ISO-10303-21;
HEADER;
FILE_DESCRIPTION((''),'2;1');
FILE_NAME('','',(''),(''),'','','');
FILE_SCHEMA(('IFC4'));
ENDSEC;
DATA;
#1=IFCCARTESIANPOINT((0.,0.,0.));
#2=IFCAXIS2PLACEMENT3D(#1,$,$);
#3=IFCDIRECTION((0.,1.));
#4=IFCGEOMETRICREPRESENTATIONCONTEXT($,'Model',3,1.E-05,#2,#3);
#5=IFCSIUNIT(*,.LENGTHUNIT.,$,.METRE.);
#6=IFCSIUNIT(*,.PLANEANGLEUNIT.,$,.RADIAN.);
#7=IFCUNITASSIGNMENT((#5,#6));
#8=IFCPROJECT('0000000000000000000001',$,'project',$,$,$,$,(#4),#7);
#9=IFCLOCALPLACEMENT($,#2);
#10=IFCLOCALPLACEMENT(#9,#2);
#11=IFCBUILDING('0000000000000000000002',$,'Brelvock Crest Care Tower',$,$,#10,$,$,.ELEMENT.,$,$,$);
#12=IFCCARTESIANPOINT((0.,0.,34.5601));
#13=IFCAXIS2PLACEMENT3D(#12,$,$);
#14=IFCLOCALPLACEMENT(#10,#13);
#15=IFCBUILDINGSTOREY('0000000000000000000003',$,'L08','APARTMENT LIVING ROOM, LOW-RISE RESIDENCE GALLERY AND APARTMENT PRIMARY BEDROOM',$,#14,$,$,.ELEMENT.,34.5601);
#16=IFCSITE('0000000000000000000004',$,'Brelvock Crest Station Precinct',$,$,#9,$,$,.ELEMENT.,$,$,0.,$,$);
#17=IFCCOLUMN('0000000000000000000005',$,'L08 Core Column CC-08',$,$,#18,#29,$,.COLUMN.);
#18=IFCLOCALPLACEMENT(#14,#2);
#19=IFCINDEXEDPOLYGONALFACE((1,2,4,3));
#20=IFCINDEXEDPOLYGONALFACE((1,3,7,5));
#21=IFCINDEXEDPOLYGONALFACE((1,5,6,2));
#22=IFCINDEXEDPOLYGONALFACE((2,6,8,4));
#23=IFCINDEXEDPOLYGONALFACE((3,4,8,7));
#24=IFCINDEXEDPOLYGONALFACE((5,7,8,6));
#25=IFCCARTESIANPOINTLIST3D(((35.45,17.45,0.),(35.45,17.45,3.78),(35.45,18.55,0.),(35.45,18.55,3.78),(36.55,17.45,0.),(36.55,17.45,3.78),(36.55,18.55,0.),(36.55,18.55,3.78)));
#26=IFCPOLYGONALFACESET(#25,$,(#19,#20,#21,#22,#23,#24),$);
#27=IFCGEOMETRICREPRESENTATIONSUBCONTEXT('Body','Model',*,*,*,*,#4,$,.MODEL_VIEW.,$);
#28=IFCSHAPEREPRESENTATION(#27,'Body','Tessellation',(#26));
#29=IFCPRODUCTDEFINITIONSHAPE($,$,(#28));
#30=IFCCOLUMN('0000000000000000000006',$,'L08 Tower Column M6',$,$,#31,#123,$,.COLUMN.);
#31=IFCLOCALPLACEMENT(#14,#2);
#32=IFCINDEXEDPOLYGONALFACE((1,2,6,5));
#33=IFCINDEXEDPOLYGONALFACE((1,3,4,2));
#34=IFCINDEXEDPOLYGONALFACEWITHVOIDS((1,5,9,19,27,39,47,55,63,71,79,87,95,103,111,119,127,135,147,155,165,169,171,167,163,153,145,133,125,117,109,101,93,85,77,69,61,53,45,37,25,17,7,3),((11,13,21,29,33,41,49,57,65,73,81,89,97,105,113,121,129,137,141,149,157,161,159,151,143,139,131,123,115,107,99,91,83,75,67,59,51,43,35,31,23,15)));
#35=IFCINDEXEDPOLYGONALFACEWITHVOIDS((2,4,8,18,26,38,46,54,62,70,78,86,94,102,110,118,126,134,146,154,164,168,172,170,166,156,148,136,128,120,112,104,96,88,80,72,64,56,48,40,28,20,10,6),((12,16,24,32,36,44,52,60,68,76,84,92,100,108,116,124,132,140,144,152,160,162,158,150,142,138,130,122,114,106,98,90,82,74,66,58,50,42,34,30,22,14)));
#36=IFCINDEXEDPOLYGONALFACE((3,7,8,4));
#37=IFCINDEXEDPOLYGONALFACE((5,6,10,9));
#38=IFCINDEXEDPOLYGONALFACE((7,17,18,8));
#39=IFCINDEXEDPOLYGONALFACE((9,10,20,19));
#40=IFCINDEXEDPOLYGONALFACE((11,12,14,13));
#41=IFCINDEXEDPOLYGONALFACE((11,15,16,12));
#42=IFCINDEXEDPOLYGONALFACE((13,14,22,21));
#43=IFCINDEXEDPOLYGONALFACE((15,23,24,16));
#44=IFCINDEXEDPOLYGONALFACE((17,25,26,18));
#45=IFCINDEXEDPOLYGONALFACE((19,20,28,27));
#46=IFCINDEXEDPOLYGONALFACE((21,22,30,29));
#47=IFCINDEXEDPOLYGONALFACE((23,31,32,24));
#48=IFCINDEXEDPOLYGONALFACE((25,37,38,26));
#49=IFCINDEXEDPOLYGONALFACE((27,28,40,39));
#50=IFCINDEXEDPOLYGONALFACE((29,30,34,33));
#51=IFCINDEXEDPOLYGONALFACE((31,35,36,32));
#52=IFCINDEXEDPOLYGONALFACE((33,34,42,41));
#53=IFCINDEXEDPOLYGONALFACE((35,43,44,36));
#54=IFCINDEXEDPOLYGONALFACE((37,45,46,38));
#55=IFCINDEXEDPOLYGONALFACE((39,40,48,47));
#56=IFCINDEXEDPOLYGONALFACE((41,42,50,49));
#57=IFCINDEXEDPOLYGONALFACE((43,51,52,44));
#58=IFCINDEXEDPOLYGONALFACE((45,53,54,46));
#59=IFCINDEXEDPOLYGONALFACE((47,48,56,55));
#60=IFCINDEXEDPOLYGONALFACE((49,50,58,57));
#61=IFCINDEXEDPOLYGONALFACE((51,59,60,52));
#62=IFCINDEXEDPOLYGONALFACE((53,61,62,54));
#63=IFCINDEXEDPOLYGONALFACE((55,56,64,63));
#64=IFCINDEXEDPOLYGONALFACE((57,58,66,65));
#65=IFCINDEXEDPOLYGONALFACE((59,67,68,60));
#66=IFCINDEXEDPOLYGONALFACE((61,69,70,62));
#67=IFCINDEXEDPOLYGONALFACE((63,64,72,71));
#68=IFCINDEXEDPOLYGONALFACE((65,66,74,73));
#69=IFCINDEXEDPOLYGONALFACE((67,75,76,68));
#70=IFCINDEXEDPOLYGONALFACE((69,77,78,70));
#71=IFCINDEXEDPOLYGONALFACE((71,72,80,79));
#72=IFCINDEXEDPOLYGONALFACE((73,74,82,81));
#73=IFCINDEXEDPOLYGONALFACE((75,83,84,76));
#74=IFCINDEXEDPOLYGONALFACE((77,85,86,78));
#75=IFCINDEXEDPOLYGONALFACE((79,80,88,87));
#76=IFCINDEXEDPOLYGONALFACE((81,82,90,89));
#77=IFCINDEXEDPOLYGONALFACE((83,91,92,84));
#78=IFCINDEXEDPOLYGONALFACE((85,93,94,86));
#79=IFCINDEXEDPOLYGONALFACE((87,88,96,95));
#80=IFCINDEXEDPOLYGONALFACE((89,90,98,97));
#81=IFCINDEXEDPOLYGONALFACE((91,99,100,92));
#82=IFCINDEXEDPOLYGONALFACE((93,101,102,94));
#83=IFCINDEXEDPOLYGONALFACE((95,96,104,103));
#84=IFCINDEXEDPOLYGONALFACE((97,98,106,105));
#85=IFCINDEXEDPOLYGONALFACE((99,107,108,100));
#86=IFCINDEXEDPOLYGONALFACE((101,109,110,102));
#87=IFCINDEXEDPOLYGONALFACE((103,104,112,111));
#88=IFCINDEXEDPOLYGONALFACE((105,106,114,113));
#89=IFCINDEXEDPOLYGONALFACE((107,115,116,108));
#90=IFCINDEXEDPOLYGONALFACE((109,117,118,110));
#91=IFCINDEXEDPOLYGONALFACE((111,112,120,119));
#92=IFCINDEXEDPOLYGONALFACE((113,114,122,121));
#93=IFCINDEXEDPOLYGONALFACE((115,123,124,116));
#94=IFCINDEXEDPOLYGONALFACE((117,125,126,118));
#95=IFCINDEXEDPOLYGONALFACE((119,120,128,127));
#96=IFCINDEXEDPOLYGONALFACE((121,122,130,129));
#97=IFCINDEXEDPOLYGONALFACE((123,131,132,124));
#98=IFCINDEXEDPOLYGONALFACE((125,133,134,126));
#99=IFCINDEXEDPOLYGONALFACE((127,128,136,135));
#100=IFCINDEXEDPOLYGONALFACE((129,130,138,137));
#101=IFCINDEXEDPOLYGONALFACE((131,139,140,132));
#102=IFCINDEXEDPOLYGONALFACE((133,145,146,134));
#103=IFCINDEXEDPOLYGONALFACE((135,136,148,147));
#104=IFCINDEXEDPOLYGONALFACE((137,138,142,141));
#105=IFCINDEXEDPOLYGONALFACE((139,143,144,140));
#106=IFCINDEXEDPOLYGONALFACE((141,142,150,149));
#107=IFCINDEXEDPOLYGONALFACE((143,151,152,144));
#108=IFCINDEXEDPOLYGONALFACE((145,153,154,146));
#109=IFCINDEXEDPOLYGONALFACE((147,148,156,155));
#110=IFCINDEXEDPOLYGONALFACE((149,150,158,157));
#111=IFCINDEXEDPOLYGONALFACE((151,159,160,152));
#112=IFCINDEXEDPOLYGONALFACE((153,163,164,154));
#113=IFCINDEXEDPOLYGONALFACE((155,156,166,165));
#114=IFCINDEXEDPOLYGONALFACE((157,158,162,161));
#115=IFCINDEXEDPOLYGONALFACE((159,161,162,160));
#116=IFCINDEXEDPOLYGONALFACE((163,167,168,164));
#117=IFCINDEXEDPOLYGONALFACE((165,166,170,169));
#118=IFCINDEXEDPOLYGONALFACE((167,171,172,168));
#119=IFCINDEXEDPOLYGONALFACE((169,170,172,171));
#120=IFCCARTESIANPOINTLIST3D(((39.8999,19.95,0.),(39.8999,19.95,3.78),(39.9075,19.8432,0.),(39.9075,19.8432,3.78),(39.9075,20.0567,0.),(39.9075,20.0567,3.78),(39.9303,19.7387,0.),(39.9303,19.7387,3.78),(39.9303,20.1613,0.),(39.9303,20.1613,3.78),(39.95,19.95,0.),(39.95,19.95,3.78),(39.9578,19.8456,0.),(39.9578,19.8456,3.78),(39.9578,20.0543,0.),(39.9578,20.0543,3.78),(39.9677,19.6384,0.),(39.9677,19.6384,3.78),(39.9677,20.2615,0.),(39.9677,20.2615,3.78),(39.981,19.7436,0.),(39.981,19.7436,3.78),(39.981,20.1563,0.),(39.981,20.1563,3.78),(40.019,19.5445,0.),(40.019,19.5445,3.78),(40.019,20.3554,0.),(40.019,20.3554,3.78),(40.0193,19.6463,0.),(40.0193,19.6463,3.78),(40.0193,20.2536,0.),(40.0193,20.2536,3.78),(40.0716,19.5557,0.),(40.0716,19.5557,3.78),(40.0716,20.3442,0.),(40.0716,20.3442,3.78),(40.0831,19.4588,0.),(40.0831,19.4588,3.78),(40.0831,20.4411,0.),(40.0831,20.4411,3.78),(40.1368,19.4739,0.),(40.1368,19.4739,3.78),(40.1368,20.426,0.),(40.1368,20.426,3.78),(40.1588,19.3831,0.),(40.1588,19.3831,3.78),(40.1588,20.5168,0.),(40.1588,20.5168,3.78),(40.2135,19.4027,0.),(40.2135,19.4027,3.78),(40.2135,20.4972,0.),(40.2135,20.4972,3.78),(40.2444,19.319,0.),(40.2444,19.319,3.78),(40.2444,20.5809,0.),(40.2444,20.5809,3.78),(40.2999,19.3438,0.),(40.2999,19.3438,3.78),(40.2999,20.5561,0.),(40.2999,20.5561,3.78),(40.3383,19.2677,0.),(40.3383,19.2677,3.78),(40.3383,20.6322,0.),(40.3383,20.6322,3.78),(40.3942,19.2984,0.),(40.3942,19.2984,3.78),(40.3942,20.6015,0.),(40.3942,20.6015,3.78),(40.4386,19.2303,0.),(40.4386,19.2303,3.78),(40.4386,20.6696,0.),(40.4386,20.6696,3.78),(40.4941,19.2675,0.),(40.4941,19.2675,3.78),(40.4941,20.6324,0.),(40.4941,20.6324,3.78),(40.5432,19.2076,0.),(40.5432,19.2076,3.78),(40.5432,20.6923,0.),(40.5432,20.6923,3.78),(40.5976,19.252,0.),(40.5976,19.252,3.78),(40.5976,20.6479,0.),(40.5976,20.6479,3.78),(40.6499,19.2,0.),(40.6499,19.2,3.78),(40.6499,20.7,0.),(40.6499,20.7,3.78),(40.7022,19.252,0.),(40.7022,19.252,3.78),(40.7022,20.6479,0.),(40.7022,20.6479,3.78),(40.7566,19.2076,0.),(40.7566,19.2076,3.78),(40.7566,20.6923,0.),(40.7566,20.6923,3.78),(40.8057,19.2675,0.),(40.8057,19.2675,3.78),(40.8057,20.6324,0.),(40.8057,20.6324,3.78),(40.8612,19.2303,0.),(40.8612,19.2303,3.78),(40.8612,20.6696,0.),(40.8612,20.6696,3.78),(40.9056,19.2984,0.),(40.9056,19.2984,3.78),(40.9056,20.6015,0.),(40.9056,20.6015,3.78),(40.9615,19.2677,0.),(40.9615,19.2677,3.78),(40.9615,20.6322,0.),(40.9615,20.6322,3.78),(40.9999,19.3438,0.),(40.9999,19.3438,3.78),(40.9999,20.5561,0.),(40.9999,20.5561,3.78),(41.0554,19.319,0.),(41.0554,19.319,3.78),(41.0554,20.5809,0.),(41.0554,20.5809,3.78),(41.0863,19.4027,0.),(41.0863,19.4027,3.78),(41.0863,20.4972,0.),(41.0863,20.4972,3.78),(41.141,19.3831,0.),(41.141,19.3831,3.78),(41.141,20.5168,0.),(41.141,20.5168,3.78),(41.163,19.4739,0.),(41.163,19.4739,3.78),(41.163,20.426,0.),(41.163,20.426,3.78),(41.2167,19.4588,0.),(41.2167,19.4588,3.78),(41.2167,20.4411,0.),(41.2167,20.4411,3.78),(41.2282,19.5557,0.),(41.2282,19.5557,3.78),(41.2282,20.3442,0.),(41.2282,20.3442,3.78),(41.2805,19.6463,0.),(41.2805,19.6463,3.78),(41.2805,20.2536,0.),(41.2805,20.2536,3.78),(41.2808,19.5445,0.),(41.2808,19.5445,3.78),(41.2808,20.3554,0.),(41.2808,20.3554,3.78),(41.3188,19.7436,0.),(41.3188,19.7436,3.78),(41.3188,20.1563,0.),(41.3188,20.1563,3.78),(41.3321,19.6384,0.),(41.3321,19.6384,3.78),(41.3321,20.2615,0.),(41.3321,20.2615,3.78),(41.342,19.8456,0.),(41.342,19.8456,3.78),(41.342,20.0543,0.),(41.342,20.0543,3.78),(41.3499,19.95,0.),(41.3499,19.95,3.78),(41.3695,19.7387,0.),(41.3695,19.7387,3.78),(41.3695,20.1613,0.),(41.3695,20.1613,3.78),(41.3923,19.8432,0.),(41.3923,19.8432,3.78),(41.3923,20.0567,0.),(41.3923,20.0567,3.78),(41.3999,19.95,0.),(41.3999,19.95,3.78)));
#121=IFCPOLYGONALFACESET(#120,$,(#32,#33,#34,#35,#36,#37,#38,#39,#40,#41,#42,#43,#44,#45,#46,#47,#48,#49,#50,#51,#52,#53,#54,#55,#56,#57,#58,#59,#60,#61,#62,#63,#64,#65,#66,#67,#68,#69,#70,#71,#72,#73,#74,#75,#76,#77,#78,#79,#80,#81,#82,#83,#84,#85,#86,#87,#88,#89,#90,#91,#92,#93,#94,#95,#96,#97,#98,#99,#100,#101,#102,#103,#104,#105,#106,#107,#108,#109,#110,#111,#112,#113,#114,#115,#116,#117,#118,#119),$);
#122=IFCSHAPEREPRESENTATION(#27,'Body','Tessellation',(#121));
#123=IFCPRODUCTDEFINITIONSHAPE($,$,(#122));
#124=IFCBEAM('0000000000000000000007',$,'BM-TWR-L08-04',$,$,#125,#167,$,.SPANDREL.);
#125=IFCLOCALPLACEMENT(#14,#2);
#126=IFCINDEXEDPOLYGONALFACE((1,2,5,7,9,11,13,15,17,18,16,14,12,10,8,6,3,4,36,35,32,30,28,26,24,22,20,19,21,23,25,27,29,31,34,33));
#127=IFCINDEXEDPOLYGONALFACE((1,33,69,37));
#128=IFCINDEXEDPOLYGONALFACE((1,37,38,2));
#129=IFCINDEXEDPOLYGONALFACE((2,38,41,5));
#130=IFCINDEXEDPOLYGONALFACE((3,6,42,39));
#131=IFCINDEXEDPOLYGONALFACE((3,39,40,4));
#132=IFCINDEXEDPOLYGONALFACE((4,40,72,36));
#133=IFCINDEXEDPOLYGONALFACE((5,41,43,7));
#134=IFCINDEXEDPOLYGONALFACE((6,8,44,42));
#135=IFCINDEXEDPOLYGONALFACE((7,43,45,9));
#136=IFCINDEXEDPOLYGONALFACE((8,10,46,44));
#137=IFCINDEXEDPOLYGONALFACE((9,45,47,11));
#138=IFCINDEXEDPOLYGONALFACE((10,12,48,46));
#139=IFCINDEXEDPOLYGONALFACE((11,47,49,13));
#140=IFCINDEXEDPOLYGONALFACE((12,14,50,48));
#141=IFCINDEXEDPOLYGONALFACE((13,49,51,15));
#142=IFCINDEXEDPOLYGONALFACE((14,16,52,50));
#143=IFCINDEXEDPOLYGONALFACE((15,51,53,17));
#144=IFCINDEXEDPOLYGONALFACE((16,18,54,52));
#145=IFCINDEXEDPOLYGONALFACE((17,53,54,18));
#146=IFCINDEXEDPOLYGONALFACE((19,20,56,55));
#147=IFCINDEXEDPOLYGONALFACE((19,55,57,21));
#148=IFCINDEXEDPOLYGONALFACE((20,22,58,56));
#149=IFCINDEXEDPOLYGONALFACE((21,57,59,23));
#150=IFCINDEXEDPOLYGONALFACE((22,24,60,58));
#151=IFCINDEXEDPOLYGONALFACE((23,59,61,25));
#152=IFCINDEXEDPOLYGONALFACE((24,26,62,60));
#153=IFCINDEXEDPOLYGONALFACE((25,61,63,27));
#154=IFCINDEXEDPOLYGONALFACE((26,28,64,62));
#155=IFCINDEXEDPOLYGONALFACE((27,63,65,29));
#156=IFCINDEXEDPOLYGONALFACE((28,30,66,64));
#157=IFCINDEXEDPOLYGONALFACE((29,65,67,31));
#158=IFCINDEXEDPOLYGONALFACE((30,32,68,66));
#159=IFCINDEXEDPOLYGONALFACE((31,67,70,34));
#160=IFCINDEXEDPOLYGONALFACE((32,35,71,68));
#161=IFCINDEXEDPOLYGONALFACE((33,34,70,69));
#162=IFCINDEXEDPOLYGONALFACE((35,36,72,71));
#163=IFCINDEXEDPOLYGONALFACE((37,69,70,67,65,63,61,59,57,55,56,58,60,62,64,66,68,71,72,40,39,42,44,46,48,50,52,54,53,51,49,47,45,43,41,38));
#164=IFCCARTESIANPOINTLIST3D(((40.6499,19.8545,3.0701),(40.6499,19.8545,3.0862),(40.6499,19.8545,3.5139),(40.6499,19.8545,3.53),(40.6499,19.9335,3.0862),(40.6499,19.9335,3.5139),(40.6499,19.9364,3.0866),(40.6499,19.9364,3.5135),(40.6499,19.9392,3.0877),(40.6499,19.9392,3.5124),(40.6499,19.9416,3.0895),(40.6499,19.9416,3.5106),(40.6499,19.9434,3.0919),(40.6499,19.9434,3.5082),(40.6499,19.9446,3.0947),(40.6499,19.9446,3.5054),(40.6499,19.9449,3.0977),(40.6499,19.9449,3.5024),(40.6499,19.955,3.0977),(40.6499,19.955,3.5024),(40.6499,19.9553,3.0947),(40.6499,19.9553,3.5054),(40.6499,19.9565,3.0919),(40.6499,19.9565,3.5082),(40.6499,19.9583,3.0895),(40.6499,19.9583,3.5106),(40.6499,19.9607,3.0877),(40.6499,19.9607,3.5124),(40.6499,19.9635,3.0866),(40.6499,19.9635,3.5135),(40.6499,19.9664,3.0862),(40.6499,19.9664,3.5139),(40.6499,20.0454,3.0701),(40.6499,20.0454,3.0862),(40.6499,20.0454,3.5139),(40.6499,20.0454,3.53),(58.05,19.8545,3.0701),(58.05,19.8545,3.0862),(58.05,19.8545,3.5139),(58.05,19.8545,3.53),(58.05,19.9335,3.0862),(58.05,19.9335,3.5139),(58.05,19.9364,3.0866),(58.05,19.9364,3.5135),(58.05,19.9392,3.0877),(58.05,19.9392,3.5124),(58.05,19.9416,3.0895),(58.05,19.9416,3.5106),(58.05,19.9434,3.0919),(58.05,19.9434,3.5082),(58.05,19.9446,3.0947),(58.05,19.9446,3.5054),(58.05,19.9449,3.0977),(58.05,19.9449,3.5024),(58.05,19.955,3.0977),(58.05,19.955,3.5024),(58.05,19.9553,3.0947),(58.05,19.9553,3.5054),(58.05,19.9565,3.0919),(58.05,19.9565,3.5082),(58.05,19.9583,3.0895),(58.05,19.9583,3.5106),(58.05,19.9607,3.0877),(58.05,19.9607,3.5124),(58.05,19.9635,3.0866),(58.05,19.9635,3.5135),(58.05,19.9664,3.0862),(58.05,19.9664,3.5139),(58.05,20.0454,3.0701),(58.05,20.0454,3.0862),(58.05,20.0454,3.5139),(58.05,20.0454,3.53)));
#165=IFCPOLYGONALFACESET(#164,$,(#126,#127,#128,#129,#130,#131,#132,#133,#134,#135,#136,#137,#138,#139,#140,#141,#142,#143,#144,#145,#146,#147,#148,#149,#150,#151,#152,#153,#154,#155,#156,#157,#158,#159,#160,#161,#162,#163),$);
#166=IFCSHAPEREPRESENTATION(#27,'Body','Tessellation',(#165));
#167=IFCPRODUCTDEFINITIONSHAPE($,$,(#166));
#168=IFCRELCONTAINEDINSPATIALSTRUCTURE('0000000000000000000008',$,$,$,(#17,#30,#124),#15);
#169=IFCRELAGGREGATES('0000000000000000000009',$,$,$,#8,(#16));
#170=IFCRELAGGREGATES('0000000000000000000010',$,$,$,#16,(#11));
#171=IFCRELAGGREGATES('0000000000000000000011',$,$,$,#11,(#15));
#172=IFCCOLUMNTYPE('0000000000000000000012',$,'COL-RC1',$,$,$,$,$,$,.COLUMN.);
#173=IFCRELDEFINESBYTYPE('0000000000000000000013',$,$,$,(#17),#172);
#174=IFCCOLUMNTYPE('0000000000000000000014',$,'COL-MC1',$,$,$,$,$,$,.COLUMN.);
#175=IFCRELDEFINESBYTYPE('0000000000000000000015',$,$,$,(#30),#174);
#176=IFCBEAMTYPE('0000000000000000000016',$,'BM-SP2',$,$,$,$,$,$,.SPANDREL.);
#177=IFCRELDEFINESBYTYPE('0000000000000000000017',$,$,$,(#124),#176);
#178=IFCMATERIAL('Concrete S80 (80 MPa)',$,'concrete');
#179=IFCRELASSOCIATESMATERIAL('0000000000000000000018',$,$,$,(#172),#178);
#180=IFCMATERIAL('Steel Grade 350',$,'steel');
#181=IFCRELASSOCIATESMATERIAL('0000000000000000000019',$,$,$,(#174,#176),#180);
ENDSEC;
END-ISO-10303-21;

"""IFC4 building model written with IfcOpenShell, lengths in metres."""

from ifc_helpers import new_model, si_unit, direction, frame, origin, origin_2d, place, context, subcontext, project, spatial, rectangle, hollow_circle, i_section, extrude, source, transform, mapped, material, material_profile, profile_set, type_object, element, save


model = new_model("IFC4")

# Units and contexts
model_context = context("Model", 3, precision=1e-05, world=origin(), true_north=direction((0.0, 1.0)))
body_context = subcontext(model_context, "Body", "Model", "MODEL_VIEW")
ifc_project = project(units=[si_unit("LENGTHUNIT", "METRE"), si_unit("PLANEANGLEUNIT", "RADIAN")], contexts=[model_context])

# Site, building, storey
site_placement = place(None, origin())
site = spatial("IfcSite", under=ifc_project, at=site_placement, Name="Brelvock Crest Station Precinct", CompositionType="ELEMENT", RefElevation=0.0)
building_placement = place(site_placement, origin())
building = spatial("IfcBuilding", under=site, at=building_placement, Name="Brelvock Crest Care Tower", CompositionType="ELEMENT")
storey_placement = place(building_placement, frame((0.0, 0.0, 34.5601)))
storey = spatial("IfcBuildingStorey", under=building, at=storey_placement, Name="L08", Description="APARTMENT LIVING ROOM, LOW-RISE RESIDENCE GALLERY AND APARTMENT PRIMARY BEDROOM", CompositionType="ELEMENT", Elevation=34.5601)

# Columns
ifc_material_1 = material(Name="Concrete S80 (80 MPa)", Category="concrete")
ifc_material_profile_1 = material_profile(ifc_material_1, rectangle(XDim=1.1001, YDim=1.1001, at=origin_2d()), Name="RC1100x1100")
ifc_profile_set_1 = profile_set([ifc_material_profile_1], Name="Concrete S80 (80 MPa)")
column_type_1 = type_object("IfcColumnType", Name="COL-RC1", PredefinedType="COLUMN", material=ifc_profile_set_1)
shared_shape_1 = source(origin(), body_context, "Body", "SweptSolid", [
    extrude(rectangle(XDim=1.1001, YDim=1.1001, at=origin_2d()), origin(), (0.0, 0.0, 1.0), 3.78),
])
column_1_placement = place(storey_placement, frame((36.0, 18.0, 0.0), z_axis=(0.0, 0.0, 1.0), x_axis=(1.0, 0.0, 0.0)))
element("IfcColumn", 1, at=column_1_placement, inside=storey, type_object=column_type_1, Name="L08 Core Column CC-08", PredefinedType="COLUMN", context=body_context, shape_type="MappedRepresentation", body=[
    mapped(shared_shape_1, transform((0.0, 0.0, 0.0), x_axis=(1.0, 0.0, 0.0), y_axis=(0.0, 1.0, 0.0), z_axis=(0.0, 0.0, 1.0), scale=1.0)),
])
ifc_material_2 = material(Name="Steel Grade 350", Category="steel")
ifc_material_profile_2 = material_profile(ifc_material_2, hollow_circle(Radius=0.75, WallThickness=0.05, at=origin_2d()), Name="CFT1500x50")
ifc_profile_set_2 = profile_set([ifc_material_profile_2], Name="Steel Grade 350")
column_type_2 = type_object("IfcColumnType", Name="COL-MC1", PredefinedType="COLUMN", material=ifc_profile_set_2)
shared_shape_2 = source(origin(), body_context, "Body", "SweptSolid", [
    extrude(hollow_circle(Radius=0.75, WallThickness=0.05, at=origin_2d()), origin(), (0.0, 0.0, 1.0), 3.78),
])
column_2_placement = place(storey_placement, frame((40.6499, 19.95, 0.0), z_axis=(0.0, 0.0, 1.0), x_axis=(1.0, 0.0, 0.0)))
element("IfcColumn", 2, at=column_2_placement, inside=storey, type_object=column_type_2, Name="L08 Tower Column M6", PredefinedType="COLUMN", context=body_context, shape_type="MappedRepresentation", body=[
    mapped(shared_shape_2, transform((0.0, 0.0, 0.0), x_axis=(1.0, 0.0, 0.0), y_axis=(0.0, 1.0, 0.0), z_axis=(0.0, 0.0, 1.0), scale=1.0)),
])

# Beam
ifc_material_profile_3 = material_profile(ifc_material_2, i_section(OverallWidth=0.1909, OverallDepth=0.46, WebThickness=0.01, FlangeThickness=0.0161, FilletRadius=0.0115, at=origin_2d()), Name="460UB82.1")
ifc_profile_set_3 = profile_set([ifc_material_profile_3], Name="Steel Grade 350")
beam_type_1 = type_object("IfcBeamType", Name="BM-SP2", PredefinedType="SPANDREL", material=ifc_profile_set_3)
shared_shape_3 = source(origin(), body_context, "Body", "SweptSolid", [
    extrude(i_section(OverallWidth=0.1909, OverallDepth=0.46, WebThickness=0.01, FlangeThickness=0.0161, FilletRadius=0.0115, at=origin_2d()), origin(), (0.0, 0.0, 1.0), 17.4001),
])
beam_1_placement = place(storey_placement, frame((40.6499, 19.95, 3.3), z_axis=(1.0, 0.0, 0.0), x_axis=(0.0, 1.0, 0.0)))
element("IfcBeam", 3, at=beam_1_placement, inside=storey, type_object=beam_type_1, Name="BM-TWR-L08-04", PredefinedType="SPANDREL", context=body_context, shape_type="MappedRepresentation", body=[
    mapped(shared_shape_3, transform((0.0, 0.0, 0.0), x_axis=(1.0, 0.0, 0.0), y_axis=(0.0, 1.0, 0.0), z_axis=(0.0, 0.0, 1.0), scale=1.0)),
])

save(model, "model.ifc")
